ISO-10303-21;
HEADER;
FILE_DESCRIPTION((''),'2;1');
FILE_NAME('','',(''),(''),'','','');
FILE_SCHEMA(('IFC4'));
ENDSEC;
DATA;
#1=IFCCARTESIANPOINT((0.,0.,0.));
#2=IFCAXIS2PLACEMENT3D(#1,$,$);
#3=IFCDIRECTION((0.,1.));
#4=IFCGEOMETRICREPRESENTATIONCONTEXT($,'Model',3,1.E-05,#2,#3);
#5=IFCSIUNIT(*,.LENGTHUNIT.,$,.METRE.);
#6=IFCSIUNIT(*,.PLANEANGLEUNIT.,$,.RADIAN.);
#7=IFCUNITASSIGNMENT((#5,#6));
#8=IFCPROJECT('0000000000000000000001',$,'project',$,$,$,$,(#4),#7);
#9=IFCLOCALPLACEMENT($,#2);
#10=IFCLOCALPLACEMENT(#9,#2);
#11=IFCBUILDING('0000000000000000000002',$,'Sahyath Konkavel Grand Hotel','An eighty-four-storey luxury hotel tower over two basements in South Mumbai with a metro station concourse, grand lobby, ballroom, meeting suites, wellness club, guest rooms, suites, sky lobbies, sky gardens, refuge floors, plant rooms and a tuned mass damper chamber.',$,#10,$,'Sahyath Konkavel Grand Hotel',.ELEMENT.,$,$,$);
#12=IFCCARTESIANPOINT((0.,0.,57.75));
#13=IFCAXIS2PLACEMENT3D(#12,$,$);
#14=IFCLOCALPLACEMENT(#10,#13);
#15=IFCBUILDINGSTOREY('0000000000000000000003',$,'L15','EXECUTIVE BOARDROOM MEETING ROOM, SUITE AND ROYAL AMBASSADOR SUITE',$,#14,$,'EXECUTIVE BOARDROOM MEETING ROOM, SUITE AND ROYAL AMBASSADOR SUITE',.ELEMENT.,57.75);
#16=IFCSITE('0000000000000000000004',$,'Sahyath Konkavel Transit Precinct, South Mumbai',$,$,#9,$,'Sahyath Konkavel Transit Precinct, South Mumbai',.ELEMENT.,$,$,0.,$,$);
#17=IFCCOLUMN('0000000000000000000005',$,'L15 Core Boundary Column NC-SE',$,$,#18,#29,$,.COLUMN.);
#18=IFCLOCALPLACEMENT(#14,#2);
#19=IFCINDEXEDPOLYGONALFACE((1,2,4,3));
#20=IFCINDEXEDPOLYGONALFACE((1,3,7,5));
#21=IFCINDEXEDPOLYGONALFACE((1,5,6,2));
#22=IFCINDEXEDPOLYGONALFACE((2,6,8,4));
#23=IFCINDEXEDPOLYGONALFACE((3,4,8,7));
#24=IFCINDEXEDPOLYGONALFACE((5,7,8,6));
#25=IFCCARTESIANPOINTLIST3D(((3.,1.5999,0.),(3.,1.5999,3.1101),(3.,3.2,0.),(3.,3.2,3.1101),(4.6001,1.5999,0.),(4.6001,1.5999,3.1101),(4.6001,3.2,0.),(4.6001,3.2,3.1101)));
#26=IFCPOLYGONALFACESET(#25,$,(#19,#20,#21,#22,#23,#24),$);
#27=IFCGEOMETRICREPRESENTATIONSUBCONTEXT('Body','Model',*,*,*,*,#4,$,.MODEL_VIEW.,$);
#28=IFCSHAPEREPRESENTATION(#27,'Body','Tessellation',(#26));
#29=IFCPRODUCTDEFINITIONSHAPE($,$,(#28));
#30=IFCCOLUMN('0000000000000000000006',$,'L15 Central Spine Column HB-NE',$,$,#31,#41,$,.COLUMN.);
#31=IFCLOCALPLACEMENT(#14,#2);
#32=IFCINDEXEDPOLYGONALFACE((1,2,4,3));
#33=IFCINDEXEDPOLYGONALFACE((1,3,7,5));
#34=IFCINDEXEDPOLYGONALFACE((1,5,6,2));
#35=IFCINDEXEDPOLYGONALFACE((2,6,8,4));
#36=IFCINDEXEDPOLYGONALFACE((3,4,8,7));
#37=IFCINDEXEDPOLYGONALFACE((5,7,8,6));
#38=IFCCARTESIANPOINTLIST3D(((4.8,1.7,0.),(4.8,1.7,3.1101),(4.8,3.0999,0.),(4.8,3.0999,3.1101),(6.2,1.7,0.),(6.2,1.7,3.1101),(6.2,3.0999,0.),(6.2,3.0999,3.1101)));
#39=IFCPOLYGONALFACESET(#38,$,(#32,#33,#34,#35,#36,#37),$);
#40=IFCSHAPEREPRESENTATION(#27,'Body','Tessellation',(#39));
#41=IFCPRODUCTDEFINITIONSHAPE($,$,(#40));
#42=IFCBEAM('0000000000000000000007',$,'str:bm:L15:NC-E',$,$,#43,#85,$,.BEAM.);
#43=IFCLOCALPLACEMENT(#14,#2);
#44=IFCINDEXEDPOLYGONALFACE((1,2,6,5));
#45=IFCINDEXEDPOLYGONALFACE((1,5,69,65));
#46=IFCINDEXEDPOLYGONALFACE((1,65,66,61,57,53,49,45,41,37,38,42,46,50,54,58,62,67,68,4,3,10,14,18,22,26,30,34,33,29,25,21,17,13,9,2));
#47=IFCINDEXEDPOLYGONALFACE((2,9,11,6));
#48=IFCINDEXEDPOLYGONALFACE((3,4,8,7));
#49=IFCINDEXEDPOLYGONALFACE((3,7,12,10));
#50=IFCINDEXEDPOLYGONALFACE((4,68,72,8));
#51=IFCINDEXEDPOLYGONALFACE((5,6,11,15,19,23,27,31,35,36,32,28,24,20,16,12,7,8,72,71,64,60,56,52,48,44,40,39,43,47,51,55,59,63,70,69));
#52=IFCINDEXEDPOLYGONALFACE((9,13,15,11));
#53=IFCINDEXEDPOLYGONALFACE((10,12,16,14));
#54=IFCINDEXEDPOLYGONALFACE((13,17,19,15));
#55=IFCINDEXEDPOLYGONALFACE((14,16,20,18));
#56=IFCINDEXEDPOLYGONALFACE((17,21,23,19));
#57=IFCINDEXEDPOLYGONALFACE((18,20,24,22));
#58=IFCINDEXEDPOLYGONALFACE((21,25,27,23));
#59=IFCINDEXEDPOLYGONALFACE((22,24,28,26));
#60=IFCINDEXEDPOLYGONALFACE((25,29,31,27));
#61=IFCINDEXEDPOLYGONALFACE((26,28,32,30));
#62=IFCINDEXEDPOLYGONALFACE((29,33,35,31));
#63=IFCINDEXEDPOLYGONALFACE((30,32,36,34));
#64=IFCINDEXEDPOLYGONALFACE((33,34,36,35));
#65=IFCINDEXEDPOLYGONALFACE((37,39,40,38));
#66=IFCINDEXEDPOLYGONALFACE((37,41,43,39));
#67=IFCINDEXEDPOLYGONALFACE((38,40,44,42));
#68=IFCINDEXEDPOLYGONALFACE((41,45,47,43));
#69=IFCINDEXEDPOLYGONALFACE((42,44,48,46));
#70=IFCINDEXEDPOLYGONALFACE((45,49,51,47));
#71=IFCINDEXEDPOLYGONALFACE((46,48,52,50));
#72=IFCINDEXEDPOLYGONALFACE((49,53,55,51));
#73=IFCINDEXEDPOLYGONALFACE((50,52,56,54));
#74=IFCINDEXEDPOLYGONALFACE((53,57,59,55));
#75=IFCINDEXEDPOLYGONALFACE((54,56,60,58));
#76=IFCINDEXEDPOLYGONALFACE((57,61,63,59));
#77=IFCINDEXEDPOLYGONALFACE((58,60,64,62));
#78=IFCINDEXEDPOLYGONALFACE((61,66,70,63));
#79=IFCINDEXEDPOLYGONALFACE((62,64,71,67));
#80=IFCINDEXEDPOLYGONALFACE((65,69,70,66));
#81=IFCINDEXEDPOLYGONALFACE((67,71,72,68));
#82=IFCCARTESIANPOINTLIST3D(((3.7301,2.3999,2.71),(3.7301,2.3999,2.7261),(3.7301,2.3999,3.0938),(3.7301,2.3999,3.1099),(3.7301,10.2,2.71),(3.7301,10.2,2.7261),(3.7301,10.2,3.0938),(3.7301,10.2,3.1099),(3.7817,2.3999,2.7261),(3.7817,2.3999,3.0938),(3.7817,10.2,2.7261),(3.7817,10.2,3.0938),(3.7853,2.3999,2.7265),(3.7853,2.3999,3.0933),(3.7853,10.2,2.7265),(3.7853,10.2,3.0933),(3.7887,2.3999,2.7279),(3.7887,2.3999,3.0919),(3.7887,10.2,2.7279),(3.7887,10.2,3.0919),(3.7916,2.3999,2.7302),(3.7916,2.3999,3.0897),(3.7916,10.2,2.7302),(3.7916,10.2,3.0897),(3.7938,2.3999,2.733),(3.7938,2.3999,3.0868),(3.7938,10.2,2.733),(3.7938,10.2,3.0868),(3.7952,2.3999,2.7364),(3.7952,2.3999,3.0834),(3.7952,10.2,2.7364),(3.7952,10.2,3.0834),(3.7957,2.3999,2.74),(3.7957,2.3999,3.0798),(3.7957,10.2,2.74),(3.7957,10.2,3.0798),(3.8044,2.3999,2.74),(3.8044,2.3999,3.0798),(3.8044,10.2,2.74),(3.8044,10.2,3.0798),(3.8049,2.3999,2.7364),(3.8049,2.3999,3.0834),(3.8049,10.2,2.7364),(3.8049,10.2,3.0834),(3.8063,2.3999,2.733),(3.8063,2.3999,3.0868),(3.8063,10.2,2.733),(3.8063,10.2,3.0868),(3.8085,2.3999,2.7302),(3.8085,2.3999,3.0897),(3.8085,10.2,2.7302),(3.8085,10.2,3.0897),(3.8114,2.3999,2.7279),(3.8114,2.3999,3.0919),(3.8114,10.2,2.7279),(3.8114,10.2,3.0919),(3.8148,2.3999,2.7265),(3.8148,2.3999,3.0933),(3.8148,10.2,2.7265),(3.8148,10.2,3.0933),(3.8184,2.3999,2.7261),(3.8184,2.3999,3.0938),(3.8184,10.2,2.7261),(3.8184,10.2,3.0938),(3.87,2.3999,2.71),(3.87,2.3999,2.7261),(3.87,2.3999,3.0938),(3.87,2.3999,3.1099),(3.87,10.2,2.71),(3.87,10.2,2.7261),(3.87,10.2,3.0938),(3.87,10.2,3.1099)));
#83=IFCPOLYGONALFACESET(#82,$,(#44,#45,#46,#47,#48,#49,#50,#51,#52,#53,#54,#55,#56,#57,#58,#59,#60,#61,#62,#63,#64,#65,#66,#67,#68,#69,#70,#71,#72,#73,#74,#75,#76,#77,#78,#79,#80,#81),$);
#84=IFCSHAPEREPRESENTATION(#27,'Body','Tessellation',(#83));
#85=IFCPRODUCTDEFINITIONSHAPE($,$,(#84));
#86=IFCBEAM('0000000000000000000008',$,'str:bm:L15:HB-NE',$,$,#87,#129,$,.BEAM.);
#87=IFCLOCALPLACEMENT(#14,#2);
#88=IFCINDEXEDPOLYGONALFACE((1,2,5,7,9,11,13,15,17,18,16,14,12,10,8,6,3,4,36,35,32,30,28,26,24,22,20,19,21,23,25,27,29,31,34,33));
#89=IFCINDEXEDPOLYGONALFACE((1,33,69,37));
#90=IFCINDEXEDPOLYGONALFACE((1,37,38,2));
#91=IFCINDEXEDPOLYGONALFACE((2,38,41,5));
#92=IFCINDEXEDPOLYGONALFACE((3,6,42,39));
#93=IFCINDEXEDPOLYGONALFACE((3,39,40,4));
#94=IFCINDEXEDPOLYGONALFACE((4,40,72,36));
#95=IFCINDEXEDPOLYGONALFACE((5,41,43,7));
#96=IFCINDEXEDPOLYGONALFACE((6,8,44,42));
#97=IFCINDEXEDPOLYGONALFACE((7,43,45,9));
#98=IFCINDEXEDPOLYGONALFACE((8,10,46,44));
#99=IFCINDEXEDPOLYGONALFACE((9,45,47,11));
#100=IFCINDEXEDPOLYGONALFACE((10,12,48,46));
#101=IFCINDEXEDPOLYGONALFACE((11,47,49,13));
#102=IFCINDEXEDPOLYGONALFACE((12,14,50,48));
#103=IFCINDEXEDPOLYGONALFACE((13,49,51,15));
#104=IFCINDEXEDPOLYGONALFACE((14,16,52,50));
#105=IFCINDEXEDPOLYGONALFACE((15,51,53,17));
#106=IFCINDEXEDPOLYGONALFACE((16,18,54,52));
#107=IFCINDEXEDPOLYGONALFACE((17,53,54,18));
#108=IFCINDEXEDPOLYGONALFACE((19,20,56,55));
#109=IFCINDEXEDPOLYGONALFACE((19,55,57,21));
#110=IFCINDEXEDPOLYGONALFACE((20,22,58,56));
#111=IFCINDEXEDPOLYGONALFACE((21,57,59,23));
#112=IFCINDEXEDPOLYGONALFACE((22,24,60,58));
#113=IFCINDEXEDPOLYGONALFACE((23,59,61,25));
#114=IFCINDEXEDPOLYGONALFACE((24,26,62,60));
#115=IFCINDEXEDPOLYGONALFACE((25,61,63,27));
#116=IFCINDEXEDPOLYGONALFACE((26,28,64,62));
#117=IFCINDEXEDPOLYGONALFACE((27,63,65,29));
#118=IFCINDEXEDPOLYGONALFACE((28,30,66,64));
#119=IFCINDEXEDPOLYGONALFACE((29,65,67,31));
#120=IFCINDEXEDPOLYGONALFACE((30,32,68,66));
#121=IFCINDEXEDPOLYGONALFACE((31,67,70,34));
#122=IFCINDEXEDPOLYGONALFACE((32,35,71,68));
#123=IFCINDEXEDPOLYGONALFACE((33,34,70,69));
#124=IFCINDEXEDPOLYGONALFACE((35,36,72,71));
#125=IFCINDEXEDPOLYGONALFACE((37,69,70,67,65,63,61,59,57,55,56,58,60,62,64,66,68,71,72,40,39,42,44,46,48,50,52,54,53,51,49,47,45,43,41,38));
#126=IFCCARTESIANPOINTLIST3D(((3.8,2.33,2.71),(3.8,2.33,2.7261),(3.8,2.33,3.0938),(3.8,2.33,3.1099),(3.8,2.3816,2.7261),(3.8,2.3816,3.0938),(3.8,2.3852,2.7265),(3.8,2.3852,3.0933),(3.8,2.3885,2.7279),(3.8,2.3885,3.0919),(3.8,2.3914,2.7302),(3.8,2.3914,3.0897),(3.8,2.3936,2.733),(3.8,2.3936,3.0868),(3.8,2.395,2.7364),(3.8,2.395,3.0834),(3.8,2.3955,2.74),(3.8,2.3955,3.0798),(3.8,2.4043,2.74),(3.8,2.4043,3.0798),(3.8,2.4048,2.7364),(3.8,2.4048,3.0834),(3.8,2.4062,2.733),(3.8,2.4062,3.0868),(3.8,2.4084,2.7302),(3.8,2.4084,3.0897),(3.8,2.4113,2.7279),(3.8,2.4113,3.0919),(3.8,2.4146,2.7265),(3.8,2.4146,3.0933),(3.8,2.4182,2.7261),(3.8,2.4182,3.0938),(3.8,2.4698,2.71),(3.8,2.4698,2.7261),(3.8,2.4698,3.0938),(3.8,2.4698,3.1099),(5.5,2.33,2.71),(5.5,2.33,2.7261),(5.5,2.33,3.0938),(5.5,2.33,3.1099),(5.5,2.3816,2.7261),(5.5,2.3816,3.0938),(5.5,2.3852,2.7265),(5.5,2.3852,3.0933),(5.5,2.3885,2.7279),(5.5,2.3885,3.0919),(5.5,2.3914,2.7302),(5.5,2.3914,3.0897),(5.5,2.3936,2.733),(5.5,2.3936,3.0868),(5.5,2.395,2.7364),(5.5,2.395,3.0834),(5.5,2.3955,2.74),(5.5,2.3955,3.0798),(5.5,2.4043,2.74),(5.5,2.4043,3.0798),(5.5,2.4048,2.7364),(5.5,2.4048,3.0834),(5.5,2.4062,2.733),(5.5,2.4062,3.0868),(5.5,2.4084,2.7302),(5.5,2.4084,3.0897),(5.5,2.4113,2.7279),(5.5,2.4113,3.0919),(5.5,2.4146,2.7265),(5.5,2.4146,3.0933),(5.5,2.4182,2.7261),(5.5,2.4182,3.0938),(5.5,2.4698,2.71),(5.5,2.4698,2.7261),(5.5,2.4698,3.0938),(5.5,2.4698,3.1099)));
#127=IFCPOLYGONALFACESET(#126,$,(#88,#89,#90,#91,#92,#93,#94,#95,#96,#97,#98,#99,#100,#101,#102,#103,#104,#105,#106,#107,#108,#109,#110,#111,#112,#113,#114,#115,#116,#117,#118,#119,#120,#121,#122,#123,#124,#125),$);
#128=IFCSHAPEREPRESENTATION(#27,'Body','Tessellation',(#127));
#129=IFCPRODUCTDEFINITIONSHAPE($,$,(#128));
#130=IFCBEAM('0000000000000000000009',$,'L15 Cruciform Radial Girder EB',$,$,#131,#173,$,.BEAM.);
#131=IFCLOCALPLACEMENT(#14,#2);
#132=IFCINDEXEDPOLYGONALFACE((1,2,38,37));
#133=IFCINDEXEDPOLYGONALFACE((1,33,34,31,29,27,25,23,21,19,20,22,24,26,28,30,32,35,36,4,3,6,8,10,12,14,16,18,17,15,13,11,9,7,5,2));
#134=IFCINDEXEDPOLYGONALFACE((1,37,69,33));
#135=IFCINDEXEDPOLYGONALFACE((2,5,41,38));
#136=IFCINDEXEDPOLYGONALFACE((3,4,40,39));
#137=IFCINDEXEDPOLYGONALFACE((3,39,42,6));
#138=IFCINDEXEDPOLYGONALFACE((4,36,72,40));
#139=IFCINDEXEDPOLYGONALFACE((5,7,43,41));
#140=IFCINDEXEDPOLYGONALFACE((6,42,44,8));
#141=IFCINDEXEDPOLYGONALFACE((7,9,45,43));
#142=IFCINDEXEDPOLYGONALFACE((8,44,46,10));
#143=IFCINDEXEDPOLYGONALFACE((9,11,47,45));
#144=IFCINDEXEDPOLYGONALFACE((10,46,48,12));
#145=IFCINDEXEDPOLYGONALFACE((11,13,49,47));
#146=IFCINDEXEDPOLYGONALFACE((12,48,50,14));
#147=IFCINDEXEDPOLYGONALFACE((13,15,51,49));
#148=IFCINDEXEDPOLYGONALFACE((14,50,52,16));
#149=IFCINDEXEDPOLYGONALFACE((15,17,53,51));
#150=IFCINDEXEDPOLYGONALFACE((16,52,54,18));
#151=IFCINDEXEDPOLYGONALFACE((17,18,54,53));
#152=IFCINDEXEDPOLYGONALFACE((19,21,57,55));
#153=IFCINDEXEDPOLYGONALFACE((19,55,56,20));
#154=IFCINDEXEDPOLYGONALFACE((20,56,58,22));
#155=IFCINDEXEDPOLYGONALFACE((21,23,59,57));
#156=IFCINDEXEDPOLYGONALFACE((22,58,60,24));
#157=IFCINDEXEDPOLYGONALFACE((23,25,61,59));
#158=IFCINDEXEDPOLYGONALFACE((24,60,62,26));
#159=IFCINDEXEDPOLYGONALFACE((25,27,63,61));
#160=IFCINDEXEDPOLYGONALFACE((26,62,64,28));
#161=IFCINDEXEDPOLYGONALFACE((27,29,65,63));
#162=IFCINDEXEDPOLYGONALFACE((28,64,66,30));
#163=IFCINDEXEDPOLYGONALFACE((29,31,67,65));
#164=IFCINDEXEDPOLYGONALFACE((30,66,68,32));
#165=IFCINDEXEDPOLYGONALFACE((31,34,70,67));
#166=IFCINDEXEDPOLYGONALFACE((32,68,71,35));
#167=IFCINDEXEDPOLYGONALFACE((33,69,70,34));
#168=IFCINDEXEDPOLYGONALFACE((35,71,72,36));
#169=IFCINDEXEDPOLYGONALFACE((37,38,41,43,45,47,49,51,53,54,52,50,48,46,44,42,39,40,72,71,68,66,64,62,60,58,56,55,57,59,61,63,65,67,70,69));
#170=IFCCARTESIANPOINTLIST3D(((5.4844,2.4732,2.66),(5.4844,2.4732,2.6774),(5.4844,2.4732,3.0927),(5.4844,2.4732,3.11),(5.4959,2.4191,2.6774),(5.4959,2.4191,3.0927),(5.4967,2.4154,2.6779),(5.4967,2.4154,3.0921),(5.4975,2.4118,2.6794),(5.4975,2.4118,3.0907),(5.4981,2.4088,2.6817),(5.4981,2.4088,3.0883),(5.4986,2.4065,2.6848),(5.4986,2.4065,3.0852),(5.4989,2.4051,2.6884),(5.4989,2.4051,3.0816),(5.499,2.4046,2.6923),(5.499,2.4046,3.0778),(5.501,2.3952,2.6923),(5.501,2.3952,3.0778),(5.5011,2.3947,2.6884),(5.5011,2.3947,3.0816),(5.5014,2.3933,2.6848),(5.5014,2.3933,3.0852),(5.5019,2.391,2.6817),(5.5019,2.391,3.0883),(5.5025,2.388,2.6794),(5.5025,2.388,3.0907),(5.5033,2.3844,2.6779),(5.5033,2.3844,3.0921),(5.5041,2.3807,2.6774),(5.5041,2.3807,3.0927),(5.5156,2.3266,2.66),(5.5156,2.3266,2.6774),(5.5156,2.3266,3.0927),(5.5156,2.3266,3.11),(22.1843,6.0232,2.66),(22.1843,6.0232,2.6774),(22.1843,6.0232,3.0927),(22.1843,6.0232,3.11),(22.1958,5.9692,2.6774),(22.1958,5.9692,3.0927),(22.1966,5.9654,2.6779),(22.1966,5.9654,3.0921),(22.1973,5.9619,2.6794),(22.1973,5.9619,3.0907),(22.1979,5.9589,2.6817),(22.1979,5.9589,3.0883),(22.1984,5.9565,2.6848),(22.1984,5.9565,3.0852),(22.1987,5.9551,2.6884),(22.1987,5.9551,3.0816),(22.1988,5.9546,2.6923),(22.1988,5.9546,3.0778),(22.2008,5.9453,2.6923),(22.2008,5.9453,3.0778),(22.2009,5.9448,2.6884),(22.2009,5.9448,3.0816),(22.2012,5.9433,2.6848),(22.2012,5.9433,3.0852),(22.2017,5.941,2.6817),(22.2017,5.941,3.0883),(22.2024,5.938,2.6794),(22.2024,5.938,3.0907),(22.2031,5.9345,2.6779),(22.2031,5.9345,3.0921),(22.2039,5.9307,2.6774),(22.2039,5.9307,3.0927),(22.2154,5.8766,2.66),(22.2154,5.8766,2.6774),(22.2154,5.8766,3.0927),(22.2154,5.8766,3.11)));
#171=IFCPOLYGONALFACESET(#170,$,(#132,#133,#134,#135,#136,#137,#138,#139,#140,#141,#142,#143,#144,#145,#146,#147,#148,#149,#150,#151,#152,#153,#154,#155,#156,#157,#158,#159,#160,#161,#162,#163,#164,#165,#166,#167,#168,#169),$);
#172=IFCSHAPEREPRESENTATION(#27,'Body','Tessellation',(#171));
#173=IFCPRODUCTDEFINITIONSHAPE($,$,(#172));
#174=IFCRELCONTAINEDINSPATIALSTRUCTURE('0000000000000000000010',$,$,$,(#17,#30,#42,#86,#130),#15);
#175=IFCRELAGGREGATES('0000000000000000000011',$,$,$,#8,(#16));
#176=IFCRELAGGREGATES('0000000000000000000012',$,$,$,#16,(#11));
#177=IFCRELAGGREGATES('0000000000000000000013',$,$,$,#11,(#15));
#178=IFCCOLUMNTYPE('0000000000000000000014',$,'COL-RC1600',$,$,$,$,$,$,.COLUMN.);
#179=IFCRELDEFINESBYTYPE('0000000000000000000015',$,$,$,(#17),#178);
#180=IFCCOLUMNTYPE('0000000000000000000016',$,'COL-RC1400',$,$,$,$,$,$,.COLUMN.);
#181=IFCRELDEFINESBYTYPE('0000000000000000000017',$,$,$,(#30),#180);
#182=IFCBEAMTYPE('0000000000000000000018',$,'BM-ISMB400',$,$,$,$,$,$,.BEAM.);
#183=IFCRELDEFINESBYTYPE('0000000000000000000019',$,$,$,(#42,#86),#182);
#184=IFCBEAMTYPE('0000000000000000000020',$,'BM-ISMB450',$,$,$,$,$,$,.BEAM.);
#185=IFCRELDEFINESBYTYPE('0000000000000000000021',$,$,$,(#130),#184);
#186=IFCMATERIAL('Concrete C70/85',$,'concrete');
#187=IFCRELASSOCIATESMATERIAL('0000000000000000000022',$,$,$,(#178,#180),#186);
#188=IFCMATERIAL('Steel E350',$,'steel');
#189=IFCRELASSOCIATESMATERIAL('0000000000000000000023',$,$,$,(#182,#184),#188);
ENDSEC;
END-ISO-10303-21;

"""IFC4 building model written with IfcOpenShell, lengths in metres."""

from ifc_helpers import new_model, si_unit, direction, frame, origin, origin_2d, place, context, subcontext, project, spatial, rectangle, i_section, extrude, source, transform, mapped, material, material_profile, profile_set, type_object, element, save


model = new_model("IFC4")

# Units and contexts
model_context = context("Model", 3, precision=1e-05, world=origin(), true_north=direction((0.0, 1.0)))
body_context = subcontext(model_context, "Body", "Model", "MODEL_VIEW")
ifc_project = project(units=[si_unit("LENGTHUNIT", "METRE"), si_unit("PLANEANGLEUNIT", "RADIAN")], contexts=[model_context])

# Site, building, storey
site_placement = place(None, origin())
site = spatial("IfcSite", under=ifc_project, at=site_placement, Name="Sahyath Konkavel Transit Precinct, South Mumbai", LongName="Sahyath Konkavel Transit Precinct, South Mumbai", CompositionType="ELEMENT", RefElevation=0.0)
building_placement = place(site_placement, origin())
building = spatial("IfcBuilding", under=site, at=building_placement, Name="Sahyath Konkavel Grand Hotel", Description="An eighty-four-storey luxury hotel tower over two basements in South Mumbai with a metro station concourse, grand lobby, ballroom, meeting suites, wellness club, guest rooms, suites, sky lobbies, sky gardens, refuge floors, plant rooms and a tuned mass damper chamber.", LongName="Sahyath Konkavel Grand Hotel", CompositionType="ELEMENT")
storey_placement = place(building_placement, frame((0.0, 0.0, 57.75)))
storey = spatial("IfcBuildingStorey", under=building, at=storey_placement, Name="L15", Description="EXECUTIVE BOARDROOM MEETING ROOM, SUITE AND ROYAL AMBASSADOR SUITE", LongName="EXECUTIVE BOARDROOM MEETING ROOM, SUITE AND ROYAL AMBASSADOR SUITE", CompositionType="ELEMENT", Elevation=57.75)

# Columns
ifc_material_1 = material(Name="Concrete C70/85", Category="concrete")
ifc_material_profile_1 = material_profile(ifc_material_1, rectangle(XDim=1.6001, YDim=1.6001, at=origin_2d()), Name="RC 1600x1600")
ifc_profile_set_1 = profile_set([ifc_material_profile_1], Name="Concrete C70/85")
column_type_1 = type_object("IfcColumnType", Name="COL-RC1600", PredefinedType="COLUMN", material=ifc_profile_set_1)
shared_shape_1 = source(origin(), body_context, "Body", "SweptSolid", [
    extrude(rectangle(XDim=1.6001, YDim=1.6001, at=origin_2d()), origin(), (0.0, 0.0, 1.0), 3.1101),
])
column_1_placement = place(storey_placement, frame((3.8, 2.3999, 0.0), z_axis=(0.0, 0.0, 1.0), x_axis=(1.0, 0.0, 0.0)))
element("IfcColumn", 1, at=column_1_placement, inside=storey, type_object=column_type_1, Name="L15 Core Boundary Column NC-SE", PredefinedType="COLUMN", context=body_context, shape_type="MappedRepresentation", body=[
    mapped(shared_shape_1, transform((0.0, 0.0, 0.0), scale=1.0)),
])
ifc_material_profile_2 = material_profile(ifc_material_1, rectangle(XDim=1.3999, YDim=1.3999, at=origin_2d()), Name="RC 1400x1400")
ifc_profile_set_2 = profile_set([ifc_material_profile_2], Name="Concrete C70/85")
column_type_2 = type_object("IfcColumnType", Name="COL-RC1400", PredefinedType="COLUMN", material=ifc_profile_set_2)
shared_shape_2 = source(origin(), body_context, "Body", "SweptSolid", [
    extrude(rectangle(XDim=1.3999, YDim=1.3999, at=origin_2d()), origin(), (0.0, 0.0, 1.0), 3.1101),
])
column_2_placement = place(storey_placement, frame((5.5, 2.3999, 0.0), z_axis=(0.0, 0.0, 1.0), x_axis=(1.0, 0.0, 0.0)))
element("IfcColumn", 2, at=column_2_placement, inside=storey, type_object=column_type_2, Name="L15 Central Spine Column HB-NE", PredefinedType="COLUMN", context=body_context, shape_type="MappedRepresentation", body=[
    mapped(shared_shape_2, transform((0.0, 0.0, 0.0), scale=1.0)),
])

# Beams
ifc_material_2 = material(Name="Steel E350", Category="steel")
ifc_material_profile_3 = material_profile(ifc_material_2, i_section(OverallWidth=0.1399, OverallDepth=0.3999, WebThickness=0.0088, FlangeThickness=0.0161, FilletRadius=0.0139, at=origin_2d()), Name="ISMB 400")
ifc_profile_set_3 = profile_set([ifc_material_profile_3], Name="Steel E350")
beam_type_1 = type_object("IfcBeamType", Name="BM-ISMB400", PredefinedType="BEAM", material=ifc_profile_set_3)
shared_shape_3 = source(origin(), body_context, "Body", "SweptSolid", [
    extrude(i_section(OverallWidth=0.1399, OverallDepth=0.3999, WebThickness=0.0088, FlangeThickness=0.0161, FilletRadius=0.0139, at=origin_2d()), origin(), (0.0, 0.0, 1.0), 7.8),
])
beam_1_placement = place(storey_placement, frame((3.8, 2.3999, 2.9099), z_axis=(0.0, 1.0, 0.0), x_axis=(-1.0, 0.0, 0.0)))
element("IfcBeam", 3, at=beam_1_placement, inside=storey, type_object=beam_type_1, Name="str:bm:L15:NC-E", PredefinedType="BEAM", context=body_context, shape_type="MappedRepresentation", body=[
    mapped(shared_shape_3, transform((0.0, 0.0, 0.0), scale=1.0)),
])
shared_shape_4 = source(origin(), body_context, "Body", "SweptSolid", [
    extrude(i_section(OverallWidth=0.1399, OverallDepth=0.3999, WebThickness=0.0088, FlangeThickness=0.0161, FilletRadius=0.0139, at=origin_2d()), origin(), (0.0, 0.0, 1.0), 1.7),
])
beam_2_placement = place(storey_placement, frame((3.8, 2.3999, 2.9099), z_axis=(1.0, 0.0, 0.0), x_axis=(0.0, 1.0, 0.0)))
element("IfcBeam", 4, at=beam_2_placement, inside=storey, type_object=beam_type_1, Name="str:bm:L15:HB-NE", PredefinedType="BEAM", context=body_context, shape_type="MappedRepresentation", body=[
    mapped(shared_shape_4, transform((0.0, 0.0, 0.0), scale=1.0)),
])
ifc_material_profile_4 = material_profile(ifc_material_2, i_section(OverallWidth=0.1499, OverallDepth=0.45, WebThickness=0.0095, FlangeThickness=0.0173, FilletRadius=0.0149, at=origin_2d()), Name="ISMB 450")
ifc_profile_set_4 = profile_set([ifc_material_profile_4], Name="Steel E350")
beam_type_2 = type_object("IfcBeamType", Name="BM-ISMB450", PredefinedType="BEAM", material=ifc_profile_set_4)
shared_shape_5 = source(origin(), body_context, "Body", "SweptSolid", [
    extrude(i_section(OverallWidth=0.1499, OverallDepth=0.45, WebThickness=0.0095, FlangeThickness=0.0173, FilletRadius=0.0149, at=origin_2d()), origin(), (0.0, 0.0, 1.0), 17.073),
])
beam_3_placement = place(storey_placement, frame((5.5, 2.3999, 2.885), z_axis=(0.978143, 0.207932, 0.0), x_axis=(-0.207932, 0.978143, 0.0)))
element("IfcBeam", 5, at=beam_3_placement, inside=storey, type_object=beam_type_2, Name="L15 Cruciform Radial Girder EB", PredefinedType="BEAM", context=body_context, shape_type="MappedRepresentation", body=[
    mapped(shared_shape_5, transform((0.0, 0.0, 0.0), scale=1.0)),
])

save(model, "model.ifc")
